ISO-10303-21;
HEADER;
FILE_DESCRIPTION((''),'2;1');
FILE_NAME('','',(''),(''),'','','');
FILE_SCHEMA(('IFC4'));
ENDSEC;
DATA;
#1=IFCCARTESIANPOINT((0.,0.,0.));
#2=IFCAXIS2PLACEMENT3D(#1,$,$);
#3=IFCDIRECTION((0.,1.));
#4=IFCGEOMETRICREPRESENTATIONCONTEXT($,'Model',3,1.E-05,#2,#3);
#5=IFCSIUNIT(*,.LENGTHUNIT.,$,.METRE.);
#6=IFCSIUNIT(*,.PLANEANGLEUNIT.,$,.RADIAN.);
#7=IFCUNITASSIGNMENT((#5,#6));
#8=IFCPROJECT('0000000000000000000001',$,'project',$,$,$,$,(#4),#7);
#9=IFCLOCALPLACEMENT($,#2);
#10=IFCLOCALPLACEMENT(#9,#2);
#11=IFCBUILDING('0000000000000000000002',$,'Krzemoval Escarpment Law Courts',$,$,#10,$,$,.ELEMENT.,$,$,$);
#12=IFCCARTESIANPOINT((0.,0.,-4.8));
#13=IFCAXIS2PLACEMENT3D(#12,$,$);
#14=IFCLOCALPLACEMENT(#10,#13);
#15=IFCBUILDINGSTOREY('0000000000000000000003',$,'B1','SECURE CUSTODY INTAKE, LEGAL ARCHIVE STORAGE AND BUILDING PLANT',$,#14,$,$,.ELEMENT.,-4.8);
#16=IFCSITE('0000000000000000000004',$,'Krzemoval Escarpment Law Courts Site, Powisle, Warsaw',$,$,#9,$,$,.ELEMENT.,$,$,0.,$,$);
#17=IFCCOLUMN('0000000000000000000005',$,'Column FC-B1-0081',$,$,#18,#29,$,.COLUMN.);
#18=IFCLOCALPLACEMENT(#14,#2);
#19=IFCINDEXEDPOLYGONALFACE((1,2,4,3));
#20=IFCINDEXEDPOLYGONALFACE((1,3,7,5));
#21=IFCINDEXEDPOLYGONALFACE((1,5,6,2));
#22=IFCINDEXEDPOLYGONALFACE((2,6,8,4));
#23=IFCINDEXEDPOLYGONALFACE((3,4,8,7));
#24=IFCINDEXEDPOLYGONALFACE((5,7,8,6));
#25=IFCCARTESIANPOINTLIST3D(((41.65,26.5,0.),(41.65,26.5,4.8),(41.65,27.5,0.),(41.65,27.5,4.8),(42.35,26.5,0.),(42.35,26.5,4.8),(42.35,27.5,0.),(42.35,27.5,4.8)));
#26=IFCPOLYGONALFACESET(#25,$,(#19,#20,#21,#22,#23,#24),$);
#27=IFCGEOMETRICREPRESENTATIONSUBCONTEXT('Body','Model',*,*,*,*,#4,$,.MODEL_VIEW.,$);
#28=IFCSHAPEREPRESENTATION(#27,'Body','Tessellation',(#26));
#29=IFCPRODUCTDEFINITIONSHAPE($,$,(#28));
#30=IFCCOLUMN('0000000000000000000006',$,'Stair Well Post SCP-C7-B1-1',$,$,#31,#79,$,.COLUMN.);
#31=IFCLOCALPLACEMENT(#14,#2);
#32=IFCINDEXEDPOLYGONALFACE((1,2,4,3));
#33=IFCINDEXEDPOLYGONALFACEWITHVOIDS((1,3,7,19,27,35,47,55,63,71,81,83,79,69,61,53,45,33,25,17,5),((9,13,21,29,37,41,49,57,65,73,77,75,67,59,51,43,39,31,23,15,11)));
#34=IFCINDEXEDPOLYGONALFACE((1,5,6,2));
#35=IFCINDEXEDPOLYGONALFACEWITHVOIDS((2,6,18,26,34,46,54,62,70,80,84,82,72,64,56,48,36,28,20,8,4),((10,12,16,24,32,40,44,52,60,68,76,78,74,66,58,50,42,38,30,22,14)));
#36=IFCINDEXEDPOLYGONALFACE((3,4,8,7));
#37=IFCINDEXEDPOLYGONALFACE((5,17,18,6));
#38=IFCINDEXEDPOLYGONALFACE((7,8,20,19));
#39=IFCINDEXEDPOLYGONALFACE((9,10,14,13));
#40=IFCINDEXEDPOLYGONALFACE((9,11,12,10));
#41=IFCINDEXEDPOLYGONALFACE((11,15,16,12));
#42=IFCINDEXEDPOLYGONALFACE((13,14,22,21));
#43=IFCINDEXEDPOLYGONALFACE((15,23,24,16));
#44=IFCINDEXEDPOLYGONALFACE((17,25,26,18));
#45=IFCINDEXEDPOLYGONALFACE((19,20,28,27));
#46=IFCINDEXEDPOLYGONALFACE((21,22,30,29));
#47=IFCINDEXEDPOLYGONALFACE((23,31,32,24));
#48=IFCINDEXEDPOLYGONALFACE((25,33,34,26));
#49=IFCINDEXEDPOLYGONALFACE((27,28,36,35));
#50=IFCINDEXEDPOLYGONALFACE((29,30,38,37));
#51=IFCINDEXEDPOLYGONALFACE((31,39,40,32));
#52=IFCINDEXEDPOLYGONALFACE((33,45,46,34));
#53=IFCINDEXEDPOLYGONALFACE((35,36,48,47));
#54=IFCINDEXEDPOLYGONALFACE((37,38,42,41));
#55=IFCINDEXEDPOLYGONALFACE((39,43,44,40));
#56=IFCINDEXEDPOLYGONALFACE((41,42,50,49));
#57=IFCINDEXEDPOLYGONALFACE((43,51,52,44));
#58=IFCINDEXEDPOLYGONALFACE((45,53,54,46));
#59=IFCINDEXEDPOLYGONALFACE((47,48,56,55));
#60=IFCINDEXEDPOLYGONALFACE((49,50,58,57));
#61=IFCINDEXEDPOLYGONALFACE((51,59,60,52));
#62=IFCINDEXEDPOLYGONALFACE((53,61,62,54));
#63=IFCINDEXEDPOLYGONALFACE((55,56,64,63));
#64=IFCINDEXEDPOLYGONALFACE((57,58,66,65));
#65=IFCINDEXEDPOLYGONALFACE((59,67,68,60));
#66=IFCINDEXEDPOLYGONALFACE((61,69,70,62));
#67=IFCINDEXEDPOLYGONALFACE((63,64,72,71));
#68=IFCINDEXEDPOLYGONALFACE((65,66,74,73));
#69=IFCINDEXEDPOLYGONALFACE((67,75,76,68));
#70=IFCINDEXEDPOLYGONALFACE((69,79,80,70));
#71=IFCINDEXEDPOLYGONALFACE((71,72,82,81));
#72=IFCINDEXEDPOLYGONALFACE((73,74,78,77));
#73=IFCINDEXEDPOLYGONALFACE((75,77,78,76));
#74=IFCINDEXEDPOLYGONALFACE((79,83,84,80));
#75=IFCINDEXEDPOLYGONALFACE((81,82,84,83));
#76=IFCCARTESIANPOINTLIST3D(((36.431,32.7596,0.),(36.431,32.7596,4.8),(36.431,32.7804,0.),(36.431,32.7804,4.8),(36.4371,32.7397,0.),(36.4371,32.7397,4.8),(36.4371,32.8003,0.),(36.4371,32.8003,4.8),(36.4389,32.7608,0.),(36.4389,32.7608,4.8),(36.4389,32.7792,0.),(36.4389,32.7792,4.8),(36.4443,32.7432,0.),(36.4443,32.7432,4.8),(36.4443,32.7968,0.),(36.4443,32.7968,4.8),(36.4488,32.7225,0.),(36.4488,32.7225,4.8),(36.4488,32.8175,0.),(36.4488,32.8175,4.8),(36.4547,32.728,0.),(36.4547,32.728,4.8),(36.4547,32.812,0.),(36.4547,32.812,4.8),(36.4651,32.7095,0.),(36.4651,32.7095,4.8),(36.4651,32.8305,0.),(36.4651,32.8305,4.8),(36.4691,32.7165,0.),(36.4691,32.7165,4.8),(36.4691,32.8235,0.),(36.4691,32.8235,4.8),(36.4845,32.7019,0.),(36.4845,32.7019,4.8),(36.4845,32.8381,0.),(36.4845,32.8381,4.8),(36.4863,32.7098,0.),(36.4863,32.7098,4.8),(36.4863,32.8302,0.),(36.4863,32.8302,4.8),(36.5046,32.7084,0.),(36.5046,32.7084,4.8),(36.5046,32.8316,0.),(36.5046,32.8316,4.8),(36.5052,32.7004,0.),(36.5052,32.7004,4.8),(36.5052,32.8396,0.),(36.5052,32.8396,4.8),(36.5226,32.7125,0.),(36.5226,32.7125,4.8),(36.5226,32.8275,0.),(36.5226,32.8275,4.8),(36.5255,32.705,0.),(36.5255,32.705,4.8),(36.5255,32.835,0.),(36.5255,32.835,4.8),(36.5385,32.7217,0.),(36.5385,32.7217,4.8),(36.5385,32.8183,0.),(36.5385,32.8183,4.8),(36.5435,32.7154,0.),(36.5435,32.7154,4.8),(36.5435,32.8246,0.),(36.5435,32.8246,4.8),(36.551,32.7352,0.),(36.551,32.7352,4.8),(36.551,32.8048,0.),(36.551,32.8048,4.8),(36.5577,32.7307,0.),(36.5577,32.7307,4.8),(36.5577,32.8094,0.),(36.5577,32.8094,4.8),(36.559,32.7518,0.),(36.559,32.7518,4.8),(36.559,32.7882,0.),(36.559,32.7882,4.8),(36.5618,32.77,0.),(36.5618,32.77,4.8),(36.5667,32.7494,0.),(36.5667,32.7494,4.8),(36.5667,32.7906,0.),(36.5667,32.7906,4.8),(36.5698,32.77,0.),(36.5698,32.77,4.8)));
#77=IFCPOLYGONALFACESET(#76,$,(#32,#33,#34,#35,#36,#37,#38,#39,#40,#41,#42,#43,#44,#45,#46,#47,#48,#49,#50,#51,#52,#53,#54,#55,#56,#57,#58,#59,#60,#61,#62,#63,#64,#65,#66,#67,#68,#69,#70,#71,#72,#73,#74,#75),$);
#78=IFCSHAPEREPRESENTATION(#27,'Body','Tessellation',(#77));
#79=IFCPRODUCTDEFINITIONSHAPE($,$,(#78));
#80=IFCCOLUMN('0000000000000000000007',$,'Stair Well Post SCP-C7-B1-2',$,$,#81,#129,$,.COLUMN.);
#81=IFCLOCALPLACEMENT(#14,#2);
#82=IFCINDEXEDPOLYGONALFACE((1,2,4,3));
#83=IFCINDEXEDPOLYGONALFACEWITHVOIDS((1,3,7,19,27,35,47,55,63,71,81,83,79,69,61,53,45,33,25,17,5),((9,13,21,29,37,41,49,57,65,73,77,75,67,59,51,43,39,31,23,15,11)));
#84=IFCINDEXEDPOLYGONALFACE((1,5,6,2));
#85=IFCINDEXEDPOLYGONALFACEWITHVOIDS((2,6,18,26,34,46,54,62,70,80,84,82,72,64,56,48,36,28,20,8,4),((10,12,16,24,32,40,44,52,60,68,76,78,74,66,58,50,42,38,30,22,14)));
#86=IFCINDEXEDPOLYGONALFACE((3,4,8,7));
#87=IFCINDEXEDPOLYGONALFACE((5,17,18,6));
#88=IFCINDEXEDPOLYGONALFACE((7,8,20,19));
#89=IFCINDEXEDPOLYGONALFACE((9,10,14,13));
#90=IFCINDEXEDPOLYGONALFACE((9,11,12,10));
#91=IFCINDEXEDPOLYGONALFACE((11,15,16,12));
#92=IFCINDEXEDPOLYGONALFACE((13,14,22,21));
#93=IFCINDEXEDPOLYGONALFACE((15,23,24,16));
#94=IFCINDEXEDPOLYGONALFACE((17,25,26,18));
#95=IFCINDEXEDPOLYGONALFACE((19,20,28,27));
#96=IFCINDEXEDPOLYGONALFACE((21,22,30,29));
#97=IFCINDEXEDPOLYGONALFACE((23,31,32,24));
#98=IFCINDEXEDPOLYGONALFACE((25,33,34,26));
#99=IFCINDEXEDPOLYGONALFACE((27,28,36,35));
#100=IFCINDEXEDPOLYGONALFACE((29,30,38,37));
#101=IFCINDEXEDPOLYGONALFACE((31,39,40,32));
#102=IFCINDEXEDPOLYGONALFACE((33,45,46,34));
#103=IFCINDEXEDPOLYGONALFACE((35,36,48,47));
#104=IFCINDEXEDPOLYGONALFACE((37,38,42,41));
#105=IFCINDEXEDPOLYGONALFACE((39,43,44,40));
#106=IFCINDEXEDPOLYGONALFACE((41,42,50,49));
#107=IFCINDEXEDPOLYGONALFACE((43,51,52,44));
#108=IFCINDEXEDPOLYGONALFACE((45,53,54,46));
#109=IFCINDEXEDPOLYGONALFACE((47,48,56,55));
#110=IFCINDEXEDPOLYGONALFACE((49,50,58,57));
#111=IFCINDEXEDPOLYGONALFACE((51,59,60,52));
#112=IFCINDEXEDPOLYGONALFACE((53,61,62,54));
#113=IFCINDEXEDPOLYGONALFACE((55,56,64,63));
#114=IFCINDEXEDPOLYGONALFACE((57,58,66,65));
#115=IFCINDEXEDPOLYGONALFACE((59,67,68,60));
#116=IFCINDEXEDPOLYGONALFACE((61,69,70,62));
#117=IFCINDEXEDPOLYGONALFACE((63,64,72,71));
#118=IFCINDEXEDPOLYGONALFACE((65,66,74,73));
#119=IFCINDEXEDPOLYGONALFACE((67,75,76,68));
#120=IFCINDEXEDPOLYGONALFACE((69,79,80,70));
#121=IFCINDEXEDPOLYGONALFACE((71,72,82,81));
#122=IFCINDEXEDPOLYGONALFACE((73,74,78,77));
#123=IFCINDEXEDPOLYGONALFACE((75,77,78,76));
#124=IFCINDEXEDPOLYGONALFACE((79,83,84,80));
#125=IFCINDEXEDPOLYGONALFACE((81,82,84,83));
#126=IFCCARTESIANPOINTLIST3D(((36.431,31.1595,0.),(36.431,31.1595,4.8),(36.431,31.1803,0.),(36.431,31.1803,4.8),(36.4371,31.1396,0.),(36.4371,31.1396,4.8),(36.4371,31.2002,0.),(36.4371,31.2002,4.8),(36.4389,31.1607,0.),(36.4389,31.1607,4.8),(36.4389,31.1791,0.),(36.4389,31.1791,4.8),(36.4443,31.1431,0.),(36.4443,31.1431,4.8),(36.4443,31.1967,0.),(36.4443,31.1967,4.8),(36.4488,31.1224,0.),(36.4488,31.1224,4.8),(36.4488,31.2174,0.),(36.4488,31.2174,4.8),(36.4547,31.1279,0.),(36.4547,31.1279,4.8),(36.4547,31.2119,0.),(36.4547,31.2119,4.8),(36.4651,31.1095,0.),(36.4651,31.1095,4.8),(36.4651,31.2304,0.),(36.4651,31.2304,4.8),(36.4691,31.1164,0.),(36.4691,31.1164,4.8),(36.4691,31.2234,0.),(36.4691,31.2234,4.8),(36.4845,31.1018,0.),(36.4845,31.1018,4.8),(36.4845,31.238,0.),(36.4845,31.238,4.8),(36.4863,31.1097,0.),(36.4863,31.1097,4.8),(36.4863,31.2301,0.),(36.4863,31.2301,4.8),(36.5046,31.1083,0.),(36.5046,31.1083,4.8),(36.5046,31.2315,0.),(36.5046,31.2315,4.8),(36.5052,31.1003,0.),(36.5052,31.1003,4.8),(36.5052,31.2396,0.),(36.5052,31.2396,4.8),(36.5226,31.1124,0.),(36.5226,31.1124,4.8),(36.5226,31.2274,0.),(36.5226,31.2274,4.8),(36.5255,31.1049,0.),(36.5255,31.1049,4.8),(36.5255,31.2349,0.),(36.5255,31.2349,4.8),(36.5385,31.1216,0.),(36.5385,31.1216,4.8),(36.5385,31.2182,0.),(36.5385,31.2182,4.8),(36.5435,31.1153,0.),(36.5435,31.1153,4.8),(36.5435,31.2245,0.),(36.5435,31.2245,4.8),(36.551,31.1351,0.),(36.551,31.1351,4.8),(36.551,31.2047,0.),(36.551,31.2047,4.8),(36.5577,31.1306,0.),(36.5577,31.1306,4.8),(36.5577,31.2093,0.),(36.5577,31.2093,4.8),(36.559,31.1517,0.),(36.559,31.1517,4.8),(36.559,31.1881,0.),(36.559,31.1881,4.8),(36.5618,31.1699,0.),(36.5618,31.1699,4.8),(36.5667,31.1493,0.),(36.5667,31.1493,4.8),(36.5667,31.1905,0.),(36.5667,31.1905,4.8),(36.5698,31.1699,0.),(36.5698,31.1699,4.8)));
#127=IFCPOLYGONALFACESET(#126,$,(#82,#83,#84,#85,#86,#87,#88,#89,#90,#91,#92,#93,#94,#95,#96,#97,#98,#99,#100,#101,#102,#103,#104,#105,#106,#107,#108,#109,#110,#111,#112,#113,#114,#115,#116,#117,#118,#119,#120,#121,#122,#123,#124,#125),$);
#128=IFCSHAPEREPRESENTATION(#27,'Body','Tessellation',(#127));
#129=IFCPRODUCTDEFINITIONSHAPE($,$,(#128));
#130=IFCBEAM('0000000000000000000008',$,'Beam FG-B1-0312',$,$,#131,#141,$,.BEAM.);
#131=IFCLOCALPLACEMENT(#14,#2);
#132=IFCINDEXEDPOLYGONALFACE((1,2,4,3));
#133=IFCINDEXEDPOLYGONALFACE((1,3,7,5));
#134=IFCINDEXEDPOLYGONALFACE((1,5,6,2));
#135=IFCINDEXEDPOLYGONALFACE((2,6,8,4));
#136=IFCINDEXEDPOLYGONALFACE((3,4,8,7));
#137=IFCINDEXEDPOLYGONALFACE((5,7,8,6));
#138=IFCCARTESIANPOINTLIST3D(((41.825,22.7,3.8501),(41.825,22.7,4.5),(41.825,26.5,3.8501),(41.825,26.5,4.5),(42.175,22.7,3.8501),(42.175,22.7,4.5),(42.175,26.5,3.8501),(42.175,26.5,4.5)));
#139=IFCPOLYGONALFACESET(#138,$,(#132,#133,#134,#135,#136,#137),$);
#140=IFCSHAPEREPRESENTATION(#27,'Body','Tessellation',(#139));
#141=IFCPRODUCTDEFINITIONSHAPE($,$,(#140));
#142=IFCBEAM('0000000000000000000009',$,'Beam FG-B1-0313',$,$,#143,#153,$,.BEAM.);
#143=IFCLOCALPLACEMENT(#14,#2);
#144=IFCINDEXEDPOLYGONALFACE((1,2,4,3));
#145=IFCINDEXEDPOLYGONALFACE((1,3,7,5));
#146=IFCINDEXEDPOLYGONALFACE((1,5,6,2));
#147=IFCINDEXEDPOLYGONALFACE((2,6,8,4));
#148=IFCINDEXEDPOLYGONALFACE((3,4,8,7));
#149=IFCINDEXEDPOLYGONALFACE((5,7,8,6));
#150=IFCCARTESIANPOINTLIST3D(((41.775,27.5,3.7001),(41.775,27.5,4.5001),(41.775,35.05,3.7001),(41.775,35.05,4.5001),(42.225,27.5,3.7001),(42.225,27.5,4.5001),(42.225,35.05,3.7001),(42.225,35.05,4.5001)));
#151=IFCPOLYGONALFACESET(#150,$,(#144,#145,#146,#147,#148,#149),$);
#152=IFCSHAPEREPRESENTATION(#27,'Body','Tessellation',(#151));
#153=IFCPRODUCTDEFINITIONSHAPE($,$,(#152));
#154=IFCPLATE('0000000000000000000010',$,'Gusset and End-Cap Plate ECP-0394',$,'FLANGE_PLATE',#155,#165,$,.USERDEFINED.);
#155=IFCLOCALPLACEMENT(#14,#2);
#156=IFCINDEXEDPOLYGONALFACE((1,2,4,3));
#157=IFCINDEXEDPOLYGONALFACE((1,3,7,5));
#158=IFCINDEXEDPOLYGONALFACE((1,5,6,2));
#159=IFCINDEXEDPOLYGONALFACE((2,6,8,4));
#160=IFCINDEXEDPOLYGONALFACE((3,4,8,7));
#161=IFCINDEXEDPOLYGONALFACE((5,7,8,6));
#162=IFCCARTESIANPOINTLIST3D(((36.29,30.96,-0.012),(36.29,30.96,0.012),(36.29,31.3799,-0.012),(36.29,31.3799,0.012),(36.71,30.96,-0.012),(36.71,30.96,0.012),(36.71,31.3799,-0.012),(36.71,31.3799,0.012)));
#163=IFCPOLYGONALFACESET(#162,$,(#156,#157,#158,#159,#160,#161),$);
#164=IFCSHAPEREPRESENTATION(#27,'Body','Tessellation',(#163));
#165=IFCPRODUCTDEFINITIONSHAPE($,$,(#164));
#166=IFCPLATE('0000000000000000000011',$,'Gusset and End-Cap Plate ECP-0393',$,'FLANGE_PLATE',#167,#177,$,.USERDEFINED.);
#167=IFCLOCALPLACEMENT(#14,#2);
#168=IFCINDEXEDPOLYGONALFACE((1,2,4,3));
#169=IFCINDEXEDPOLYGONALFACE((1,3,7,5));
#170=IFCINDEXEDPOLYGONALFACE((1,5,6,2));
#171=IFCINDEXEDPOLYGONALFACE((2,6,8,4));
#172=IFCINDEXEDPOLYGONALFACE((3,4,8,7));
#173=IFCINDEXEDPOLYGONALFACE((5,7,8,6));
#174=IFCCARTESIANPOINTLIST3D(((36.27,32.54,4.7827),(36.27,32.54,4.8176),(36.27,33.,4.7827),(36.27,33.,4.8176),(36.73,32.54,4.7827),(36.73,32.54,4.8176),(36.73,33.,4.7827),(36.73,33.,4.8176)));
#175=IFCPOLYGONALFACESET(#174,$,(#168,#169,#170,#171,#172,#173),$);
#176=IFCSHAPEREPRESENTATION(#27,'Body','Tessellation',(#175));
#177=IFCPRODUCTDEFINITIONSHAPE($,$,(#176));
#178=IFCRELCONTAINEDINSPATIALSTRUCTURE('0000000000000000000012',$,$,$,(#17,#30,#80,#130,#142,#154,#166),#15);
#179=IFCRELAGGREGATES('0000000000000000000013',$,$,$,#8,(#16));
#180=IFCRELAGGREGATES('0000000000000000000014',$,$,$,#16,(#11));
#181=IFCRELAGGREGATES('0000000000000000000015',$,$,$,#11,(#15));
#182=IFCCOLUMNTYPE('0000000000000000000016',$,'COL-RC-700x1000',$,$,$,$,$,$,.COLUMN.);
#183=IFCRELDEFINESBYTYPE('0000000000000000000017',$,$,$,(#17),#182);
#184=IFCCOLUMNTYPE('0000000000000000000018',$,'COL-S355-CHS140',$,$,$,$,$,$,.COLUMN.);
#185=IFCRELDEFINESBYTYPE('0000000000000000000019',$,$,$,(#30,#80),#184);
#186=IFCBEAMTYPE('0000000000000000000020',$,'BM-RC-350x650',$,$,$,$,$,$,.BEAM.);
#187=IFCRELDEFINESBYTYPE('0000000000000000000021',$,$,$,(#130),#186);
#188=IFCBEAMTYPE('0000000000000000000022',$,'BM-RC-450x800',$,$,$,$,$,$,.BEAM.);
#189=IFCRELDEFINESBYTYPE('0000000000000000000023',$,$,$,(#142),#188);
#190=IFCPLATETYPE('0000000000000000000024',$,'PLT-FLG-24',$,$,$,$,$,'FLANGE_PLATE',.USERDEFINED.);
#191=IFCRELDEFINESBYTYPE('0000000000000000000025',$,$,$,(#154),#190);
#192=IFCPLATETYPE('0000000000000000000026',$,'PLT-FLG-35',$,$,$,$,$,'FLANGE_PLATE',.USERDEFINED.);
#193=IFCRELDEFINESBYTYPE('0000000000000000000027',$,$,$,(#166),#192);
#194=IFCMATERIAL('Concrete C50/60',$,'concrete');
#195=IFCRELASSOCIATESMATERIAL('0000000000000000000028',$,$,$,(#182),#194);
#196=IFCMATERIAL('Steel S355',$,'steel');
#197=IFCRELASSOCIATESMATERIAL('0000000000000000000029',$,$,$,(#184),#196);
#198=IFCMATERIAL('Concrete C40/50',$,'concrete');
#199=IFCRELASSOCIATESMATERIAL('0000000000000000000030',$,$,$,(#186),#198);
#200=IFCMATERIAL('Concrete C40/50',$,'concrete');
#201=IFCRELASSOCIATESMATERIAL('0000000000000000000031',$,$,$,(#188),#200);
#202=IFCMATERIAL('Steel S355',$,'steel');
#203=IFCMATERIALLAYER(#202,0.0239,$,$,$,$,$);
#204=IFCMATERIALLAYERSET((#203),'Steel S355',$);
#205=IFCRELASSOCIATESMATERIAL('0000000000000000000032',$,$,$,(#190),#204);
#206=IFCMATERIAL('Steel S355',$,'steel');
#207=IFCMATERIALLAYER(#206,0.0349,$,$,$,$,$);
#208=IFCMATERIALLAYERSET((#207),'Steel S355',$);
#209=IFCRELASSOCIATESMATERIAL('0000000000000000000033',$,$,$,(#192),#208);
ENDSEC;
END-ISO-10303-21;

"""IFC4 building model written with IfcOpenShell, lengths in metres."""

from ifc_helpers import new_model, si_unit, direction, frame, origin, origin_2d, place, context, subcontext, project, spatial, rectangle, hollow_circle, extrude, material, layer, layer_set, material_profile, profile_set, type_object, element, save


model = new_model("IFC4")

# Units and contexts
model_context = context("Model", 3, precision=1e-05, world=origin(), true_north=direction((0.0, 1.0)))
body_context = subcontext(model_context, "Body", "Model", "MODEL_VIEW")
ifc_project = project(units=[si_unit("LENGTHUNIT", "METRE"), si_unit("PLANEANGLEUNIT", "RADIAN")], contexts=[model_context])

# Site, building, storey
site_placement = place(None, origin())
site = spatial("IfcSite", under=ifc_project, at=site_placement, Name="Krzemoval Escarpment Law Courts Site, Powisle, Warsaw", CompositionType="ELEMENT", RefElevation=0.0)
building_placement = place(site_placement, origin())
building = spatial("IfcBuilding", under=site, at=building_placement, Name="Krzemoval Escarpment Law Courts", CompositionType="ELEMENT")
storey_placement = place(building_placement, frame((0.0, 0.0, -4.8)))
storey = spatial("IfcBuildingStorey", under=building, at=storey_placement, Name="B1", Description="SECURE CUSTODY INTAKE, LEGAL ARCHIVE STORAGE AND BUILDING PLANT", CompositionType="ELEMENT", Elevation=-4.8)

# Columns
ifc_material_1 = material(Name="Concrete C50/60", Category="concrete")
ifc_material_profile_1 = material_profile(ifc_material_1, rectangle(XDim=0.7, YDim=1.0, at=origin_2d()), Name="RC 700x1000")
ifc_profile_set_1 = profile_set([ifc_material_profile_1], Name="Concrete C50/60")
column_type_1 = type_object("IfcColumnType", Name="COL-RC-700x1000", PredefinedType="COLUMN", material=ifc_profile_set_1)
column_placement = place(storey_placement, frame((42.0, 27.0, 0.0), z_axis=(0.0, 0.0, 1.0), x_axis=(1.0, 0.0, 0.0)))
element("IfcColumn", 1, at=column_placement, inside=storey, type_object=column_type_1, Name="Column FC-B1-0081", PredefinedType="COLUMN", context=body_context, shape_type="SweptSolid", body=[
    extrude(rectangle(XDim=0.7, YDim=1.0, at=origin_2d()), origin(), (0.0, 0.0, 1.0), 4.8),
])
ifc_material_2 = material(Name="Steel S355", Category="steel")
ifc_material_profile_2 = material_profile(ifc_material_2, hollow_circle(Radius=0.0698, WallThickness=0.0081, at=origin_2d()), Name="CHS 139.7x8")
ifc_profile_set_2 = profile_set([ifc_material_profile_2], Name="Steel S355")
column_type_2 = type_object("IfcColumnType", Name="COL-S355-CHS140", PredefinedType="COLUMN", material=ifc_profile_set_2)
for number, where, z_axis, x_axis, name in (
    (2, (36.5, 32.77, 0.0), (0.0, 0.0, 1.0), (1.0, 0.0, 0.0), "Stair Well Post SCP-C7-B1-1"),
    (3, (36.5, 31.1699, 0.0), (0.0, 0.0, 1.0), (1.0, 0.0, 0.0), "Stair Well Post SCP-C7-B1-2"),
):
    element("IfcColumn", number, at=place(storey_placement, frame(where, z_axis=z_axis, x_axis=x_axis)), inside=storey, type_object=column_type_2, Name=name, PredefinedType="COLUMN", context=body_context, shape_type="SweptSolid", body=[
        extrude(hollow_circle(Radius=0.0698, WallThickness=0.0081, at=origin_2d()), origin(), (0.0, 0.0, 1.0), 4.8),
    ])

# Beams
ifc_material_3 = material(Name="Concrete C40/50", Category="concrete")
ifc_material_profile_3 = material_profile(ifc_material_3, rectangle(XDim=0.3501, YDim=0.6499, at=origin_2d()), Name="RCB 350x650")
ifc_profile_set_3 = profile_set([ifc_material_profile_3], Name="Concrete C40/50")
beam_type_1 = type_object("IfcBeamType", Name="BM-RC-350x650", PredefinedType="BEAM", material=ifc_profile_set_3)
beam_1_placement = place(storey_placement, frame((42.0, 22.7, 4.175), z_axis=(0.0, 1.0, 0.0), x_axis=(-1.0, 0.0, 0.0)))
element("IfcBeam", 4, at=beam_1_placement, inside=storey, type_object=beam_type_1, Name="Beam FG-B1-0312", PredefinedType="BEAM", context=body_context, shape_type="SweptSolid", body=[
    extrude(rectangle(XDim=0.3501, YDim=0.6499, at=origin_2d()), origin(), (0.0, 0.0, 1.0), 3.8),
])
ifc_material_4 = material(Name="Concrete C40/50", Category="concrete")
ifc_material_profile_4 = material_profile(ifc_material_4, rectangle(XDim=0.45, YDim=0.8, at=origin_2d()), Name="RCB 450x800")
ifc_profile_set_4 = profile_set([ifc_material_profile_4], Name="Concrete C40/50")
beam_type_2 = type_object("IfcBeamType", Name="BM-RC-450x800", PredefinedType="BEAM", material=ifc_profile_set_4)
beam_2_placement = place(storey_placement, frame((42.0, 27.5, 4.1001), z_axis=(0.0, 1.0, 0.0), x_axis=(-1.0, 0.0, 0.0)))
element("IfcBeam", 5, at=beam_2_placement, inside=storey, type_object=beam_type_2, Name="Beam FG-B1-0313", PredefinedType="BEAM", context=body_context, shape_type="SweptSolid", body=[
    extrude(rectangle(XDim=0.45, YDim=0.8, at=origin_2d()), origin(), (0.0, 0.0, 1.0), 7.55),
])

# Plates
ifc_material_5 = material(Name="Steel S355", Category="steel")
ifc_layer_1 = layer(ifc_material_5, 0.0239)
ifc_layer_set_1 = layer_set([ifc_layer_1], Name="Steel S355")
plate_type_1 = type_object("IfcPlateType", Name="PLT-FLG-24", ElementType="FLANGE_PLATE", PredefinedType="USERDEFINED", material=ifc_layer_set_1)
plate_1_placement = place(storey_placement, frame((36.5, 31.1699, -0.012), z_axis=(0.0, 0.0, 1.0), x_axis=(1.0, 0.0, 0.0)))
element("IfcPlate", 6, at=plate_1_placement, inside=storey, type_object=plate_type_1, Name="Gusset and End-Cap Plate ECP-0394", ObjectType="FLANGE_PLATE", PredefinedType="USERDEFINED", context=body_context, shape_type="SweptSolid", body=[
    extrude(rectangle(XDim=0.4199, YDim=0.4199, at=origin_2d()), origin(), (0.0, 0.0, 1.0), 0.0239),
])
ifc_material_6 = material(Name="Steel S355", Category="steel")
ifc_layer_2 = layer(ifc_material_6, 0.0349)
ifc_layer_set_2 = layer_set([ifc_layer_2], Name="Steel S355")
plate_type_2 = type_object("IfcPlateType", Name="PLT-FLG-35", ElementType="FLANGE_PLATE", PredefinedType="USERDEFINED", material=ifc_layer_set_2)
plate_2_placement = place(storey_placement, frame((36.5, 32.77, 4.7827), z_axis=(0.0, 0.0, 1.0), x_axis=(1.0, 0.0, 0.0)))
element("IfcPlate", 7, at=plate_2_placement, inside=storey, type_object=plate_type_2, Name="Gusset and End-Cap Plate ECP-0393", ObjectType="FLANGE_PLATE", PredefinedType="USERDEFINED", context=body_context, shape_type="SweptSolid", body=[
    extrude(rectangle(XDim=0.46, YDim=0.46, at=origin_2d()), origin(), (0.0, 0.0, 1.0), 0.0349),
])

save(model, "model.ifc")
